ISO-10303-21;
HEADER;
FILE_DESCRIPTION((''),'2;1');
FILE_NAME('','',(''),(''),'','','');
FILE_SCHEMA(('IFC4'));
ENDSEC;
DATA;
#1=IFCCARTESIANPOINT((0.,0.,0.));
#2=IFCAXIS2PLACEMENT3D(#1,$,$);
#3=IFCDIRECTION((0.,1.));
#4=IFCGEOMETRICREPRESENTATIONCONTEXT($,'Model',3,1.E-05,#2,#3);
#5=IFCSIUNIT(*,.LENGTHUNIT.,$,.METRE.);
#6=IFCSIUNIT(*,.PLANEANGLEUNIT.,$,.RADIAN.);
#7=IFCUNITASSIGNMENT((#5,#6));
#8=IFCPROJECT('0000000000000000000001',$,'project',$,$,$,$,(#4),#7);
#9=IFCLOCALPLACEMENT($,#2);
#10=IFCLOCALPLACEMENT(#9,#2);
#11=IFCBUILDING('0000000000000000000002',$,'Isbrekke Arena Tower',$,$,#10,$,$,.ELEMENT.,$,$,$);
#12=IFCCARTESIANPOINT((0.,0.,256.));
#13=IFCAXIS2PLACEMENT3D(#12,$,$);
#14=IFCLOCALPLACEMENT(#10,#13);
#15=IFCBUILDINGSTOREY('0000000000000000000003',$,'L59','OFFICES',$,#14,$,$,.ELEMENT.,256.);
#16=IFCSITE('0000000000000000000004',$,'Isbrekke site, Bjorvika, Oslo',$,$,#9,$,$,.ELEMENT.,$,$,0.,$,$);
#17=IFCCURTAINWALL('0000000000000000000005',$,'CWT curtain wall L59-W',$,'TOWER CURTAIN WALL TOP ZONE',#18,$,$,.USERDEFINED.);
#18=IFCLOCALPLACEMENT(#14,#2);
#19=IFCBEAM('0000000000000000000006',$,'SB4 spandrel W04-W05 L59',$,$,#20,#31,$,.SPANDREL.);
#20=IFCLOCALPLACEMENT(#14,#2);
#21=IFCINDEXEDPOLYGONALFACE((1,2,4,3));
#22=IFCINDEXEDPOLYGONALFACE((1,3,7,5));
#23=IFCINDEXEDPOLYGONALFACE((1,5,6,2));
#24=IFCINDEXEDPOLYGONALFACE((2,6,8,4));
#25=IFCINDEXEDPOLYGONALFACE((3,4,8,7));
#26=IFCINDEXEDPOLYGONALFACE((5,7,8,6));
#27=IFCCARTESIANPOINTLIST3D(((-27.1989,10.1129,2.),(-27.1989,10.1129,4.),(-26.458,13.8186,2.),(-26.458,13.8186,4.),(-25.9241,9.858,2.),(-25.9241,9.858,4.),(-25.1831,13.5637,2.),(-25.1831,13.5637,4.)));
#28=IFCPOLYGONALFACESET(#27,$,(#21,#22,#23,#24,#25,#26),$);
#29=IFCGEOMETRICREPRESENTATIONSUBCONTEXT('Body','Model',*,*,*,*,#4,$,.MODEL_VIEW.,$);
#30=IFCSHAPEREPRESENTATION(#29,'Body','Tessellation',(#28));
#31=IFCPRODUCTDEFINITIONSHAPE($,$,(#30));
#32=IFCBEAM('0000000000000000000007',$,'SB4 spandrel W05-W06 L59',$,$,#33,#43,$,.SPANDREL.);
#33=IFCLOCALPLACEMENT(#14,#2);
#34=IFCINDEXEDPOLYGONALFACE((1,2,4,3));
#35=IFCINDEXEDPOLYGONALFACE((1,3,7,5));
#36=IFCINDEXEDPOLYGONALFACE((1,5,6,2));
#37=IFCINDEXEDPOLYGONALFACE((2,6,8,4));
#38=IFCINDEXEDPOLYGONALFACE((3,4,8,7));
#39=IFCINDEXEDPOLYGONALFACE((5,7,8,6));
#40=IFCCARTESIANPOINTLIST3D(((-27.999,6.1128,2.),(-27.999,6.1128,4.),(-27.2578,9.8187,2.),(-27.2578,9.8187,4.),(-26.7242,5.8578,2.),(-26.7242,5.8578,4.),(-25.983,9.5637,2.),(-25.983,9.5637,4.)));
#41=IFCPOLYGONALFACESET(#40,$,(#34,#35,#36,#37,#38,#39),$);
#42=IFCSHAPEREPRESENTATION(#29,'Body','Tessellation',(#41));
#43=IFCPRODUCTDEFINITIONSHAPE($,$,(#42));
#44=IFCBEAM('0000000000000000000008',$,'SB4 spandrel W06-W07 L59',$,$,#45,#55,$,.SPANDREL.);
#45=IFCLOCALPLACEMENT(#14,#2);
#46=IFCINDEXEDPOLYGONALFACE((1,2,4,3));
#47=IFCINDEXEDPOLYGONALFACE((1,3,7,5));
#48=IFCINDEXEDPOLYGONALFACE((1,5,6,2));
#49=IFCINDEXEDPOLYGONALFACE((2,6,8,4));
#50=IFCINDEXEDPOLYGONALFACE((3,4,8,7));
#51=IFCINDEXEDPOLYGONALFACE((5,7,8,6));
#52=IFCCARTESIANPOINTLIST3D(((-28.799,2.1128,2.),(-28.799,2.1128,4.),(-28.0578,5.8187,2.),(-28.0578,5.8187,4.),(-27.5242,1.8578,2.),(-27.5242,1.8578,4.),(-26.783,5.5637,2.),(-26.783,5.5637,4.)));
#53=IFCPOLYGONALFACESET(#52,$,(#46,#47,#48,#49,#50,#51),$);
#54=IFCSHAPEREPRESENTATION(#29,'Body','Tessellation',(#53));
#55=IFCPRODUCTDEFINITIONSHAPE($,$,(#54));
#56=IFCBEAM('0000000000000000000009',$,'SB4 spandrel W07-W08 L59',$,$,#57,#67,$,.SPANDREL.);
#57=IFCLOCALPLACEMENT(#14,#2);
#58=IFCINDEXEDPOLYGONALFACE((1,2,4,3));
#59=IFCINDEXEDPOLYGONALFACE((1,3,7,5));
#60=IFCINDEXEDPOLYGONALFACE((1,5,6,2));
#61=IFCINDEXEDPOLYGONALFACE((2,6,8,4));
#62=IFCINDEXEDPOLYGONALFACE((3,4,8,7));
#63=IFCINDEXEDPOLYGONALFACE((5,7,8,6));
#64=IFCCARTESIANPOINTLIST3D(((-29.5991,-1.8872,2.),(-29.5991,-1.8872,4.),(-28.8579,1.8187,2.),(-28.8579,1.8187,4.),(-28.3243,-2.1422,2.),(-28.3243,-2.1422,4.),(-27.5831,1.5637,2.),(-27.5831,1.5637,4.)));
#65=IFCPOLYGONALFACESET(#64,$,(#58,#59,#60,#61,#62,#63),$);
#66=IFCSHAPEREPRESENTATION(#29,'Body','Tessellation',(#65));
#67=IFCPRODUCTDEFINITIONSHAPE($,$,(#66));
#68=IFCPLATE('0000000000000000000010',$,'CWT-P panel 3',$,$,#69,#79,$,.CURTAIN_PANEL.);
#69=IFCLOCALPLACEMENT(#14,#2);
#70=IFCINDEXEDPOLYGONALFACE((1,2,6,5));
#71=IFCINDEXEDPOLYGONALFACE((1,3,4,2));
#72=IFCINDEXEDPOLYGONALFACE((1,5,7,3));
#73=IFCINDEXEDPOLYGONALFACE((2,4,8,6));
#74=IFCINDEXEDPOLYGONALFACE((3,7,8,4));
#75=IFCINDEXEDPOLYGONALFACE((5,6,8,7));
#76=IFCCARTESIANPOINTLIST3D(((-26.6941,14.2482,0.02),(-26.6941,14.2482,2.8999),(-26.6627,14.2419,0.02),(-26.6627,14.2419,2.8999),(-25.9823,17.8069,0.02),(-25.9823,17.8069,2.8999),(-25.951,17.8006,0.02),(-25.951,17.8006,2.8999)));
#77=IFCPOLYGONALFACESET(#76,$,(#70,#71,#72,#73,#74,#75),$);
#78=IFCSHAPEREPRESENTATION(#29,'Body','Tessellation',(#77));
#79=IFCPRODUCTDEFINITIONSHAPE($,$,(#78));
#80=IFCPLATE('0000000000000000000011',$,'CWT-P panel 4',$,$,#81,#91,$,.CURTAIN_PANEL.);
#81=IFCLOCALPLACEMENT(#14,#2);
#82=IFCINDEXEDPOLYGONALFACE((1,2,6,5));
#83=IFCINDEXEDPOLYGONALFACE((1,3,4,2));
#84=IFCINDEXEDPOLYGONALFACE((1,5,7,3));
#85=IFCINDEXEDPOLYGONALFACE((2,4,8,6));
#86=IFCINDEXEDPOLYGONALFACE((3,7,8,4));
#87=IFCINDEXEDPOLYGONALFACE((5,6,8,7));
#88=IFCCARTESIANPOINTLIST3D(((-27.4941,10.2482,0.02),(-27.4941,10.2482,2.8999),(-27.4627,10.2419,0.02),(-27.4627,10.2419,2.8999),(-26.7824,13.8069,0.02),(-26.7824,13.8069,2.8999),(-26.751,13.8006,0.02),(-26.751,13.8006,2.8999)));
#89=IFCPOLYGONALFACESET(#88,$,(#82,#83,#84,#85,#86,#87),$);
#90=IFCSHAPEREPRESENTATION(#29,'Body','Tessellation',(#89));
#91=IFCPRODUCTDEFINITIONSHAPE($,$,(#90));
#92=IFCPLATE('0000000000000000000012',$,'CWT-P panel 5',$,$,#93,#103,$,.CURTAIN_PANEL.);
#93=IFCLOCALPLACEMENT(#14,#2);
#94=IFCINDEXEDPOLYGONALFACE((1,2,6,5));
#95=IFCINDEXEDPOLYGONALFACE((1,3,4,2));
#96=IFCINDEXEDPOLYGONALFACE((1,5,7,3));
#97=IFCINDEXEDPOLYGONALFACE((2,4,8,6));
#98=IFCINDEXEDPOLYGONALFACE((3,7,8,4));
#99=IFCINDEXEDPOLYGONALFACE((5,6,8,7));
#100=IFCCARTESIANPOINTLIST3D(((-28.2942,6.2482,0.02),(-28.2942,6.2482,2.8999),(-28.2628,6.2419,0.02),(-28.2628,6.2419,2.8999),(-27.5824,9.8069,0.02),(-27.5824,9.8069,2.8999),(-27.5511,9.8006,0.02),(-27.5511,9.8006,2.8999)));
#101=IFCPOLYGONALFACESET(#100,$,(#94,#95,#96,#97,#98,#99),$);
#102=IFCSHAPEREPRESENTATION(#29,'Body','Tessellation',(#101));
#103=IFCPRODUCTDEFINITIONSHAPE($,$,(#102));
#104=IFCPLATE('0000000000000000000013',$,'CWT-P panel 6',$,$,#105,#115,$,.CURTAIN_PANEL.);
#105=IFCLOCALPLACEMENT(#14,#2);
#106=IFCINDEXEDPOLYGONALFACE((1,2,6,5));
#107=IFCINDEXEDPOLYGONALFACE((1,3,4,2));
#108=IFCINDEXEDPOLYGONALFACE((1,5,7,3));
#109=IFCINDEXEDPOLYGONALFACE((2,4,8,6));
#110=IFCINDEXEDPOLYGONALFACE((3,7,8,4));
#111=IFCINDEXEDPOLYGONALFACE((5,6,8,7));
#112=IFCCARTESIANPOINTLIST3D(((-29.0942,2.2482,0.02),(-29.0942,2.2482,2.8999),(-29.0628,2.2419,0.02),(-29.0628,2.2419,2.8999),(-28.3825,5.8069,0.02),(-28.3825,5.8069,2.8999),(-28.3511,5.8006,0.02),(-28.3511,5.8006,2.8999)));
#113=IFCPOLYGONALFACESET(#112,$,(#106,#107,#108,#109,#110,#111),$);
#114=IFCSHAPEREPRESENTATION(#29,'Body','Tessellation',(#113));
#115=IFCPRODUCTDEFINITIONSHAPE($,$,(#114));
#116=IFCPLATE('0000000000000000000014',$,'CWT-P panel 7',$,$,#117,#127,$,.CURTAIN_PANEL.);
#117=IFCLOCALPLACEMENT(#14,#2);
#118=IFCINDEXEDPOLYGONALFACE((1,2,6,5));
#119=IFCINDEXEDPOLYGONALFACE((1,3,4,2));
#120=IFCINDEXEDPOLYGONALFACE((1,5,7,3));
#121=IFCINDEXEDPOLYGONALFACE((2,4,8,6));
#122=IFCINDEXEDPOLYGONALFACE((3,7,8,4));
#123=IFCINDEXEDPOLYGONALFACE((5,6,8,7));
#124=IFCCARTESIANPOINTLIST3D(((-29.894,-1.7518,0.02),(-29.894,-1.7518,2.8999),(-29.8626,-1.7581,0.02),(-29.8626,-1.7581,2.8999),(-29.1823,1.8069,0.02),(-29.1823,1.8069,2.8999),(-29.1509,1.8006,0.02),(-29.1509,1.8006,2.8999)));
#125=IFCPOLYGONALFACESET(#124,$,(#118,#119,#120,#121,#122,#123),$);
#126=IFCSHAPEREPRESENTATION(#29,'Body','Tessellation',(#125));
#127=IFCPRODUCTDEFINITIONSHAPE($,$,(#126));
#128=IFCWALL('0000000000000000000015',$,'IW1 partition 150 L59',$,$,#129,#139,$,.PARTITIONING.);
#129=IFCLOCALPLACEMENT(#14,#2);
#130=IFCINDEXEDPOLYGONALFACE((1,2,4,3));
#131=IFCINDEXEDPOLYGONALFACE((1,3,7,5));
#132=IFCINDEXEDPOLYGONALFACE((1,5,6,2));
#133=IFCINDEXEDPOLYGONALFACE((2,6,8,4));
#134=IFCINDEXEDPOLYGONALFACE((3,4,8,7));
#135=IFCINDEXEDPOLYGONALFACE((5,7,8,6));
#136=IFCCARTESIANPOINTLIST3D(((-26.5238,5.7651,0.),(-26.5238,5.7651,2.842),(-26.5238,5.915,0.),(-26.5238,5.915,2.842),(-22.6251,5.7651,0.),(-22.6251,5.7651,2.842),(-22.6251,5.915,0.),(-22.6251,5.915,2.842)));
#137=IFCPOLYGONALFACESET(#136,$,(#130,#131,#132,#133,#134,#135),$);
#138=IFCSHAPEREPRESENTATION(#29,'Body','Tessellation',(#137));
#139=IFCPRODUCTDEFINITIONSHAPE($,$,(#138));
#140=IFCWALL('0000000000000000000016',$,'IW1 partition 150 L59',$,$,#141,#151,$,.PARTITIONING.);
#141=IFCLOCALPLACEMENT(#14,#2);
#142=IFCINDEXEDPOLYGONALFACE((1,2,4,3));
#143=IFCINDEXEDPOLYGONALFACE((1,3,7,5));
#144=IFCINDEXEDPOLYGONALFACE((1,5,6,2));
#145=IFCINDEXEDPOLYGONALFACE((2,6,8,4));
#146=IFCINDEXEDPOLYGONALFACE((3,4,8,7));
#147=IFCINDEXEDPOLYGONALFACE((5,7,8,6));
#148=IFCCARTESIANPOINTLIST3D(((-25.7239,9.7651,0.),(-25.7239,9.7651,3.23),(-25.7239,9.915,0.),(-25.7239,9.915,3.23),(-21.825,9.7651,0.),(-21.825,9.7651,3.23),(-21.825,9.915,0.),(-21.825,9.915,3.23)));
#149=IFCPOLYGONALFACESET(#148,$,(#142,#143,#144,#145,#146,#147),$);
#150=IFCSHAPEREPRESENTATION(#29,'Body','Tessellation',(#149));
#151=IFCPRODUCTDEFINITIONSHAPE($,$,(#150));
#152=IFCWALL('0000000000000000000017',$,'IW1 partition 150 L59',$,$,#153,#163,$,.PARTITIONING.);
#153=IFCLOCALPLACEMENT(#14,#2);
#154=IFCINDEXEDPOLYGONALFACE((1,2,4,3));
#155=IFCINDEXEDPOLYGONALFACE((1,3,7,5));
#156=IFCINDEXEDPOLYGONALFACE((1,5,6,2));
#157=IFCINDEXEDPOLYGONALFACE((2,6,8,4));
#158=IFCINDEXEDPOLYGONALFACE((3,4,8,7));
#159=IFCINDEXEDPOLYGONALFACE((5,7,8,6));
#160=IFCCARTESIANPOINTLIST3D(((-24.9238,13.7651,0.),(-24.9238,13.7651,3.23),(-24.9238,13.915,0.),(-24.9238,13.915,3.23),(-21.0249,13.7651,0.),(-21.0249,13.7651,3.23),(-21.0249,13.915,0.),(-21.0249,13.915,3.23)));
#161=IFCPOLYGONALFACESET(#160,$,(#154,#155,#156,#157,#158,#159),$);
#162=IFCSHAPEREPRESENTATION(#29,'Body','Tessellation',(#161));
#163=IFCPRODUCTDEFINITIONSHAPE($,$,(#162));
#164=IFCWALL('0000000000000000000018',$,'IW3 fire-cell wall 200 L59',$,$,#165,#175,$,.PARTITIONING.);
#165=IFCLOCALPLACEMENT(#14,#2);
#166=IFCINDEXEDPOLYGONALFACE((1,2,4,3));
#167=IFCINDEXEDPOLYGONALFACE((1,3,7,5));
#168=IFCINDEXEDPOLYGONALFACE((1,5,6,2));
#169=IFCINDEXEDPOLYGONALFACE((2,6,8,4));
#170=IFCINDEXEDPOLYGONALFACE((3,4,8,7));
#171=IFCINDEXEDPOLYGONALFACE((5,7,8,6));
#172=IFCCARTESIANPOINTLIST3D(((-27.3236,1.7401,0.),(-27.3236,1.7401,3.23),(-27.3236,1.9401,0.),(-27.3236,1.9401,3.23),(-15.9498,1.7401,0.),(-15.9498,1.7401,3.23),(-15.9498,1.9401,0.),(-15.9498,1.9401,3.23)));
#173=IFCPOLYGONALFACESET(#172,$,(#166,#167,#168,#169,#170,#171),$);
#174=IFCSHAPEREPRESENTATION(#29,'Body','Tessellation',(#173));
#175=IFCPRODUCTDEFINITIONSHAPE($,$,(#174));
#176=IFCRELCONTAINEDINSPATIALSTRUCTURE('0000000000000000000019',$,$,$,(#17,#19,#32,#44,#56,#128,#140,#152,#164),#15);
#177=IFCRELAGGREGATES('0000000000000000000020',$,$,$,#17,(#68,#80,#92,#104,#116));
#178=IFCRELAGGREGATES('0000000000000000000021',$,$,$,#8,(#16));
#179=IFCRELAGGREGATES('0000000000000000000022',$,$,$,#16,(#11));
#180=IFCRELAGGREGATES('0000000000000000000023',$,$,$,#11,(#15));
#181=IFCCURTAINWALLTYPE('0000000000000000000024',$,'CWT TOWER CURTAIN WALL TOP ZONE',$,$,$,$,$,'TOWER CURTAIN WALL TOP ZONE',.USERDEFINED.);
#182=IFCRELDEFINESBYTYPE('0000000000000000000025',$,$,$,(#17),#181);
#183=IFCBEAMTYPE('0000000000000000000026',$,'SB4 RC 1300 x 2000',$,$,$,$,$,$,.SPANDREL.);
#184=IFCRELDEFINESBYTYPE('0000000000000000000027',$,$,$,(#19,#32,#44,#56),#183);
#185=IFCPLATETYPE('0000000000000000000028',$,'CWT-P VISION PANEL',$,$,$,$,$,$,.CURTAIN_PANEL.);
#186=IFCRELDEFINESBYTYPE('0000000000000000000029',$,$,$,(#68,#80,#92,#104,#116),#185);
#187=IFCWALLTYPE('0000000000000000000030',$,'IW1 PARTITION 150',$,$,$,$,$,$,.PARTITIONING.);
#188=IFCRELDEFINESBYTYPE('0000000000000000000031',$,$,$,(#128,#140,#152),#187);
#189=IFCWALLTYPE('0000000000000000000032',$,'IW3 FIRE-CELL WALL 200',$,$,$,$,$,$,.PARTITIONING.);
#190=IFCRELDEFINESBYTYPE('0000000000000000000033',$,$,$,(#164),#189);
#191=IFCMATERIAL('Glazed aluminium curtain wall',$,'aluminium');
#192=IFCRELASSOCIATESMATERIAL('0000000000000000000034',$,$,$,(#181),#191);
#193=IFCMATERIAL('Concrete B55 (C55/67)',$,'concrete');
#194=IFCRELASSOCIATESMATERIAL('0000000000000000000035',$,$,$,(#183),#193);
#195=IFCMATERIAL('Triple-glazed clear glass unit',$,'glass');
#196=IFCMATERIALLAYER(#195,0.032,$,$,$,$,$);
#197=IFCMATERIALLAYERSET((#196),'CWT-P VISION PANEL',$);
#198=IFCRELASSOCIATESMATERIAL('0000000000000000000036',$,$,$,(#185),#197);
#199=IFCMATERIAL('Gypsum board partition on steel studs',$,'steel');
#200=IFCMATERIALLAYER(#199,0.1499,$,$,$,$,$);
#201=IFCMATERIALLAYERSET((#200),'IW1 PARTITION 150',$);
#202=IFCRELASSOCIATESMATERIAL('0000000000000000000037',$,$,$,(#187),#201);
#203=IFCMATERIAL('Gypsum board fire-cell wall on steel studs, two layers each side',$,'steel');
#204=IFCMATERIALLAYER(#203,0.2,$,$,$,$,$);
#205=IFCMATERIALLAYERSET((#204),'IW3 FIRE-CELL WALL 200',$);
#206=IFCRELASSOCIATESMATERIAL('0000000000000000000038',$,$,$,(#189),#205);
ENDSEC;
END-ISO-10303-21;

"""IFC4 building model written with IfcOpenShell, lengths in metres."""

from ifc_helpers import new_model, si_unit, direction, frame, frame_2d, origin, origin_2d, place, context, subcontext, project, spatial, rectangle, extrude, material, layer, layer_set, material_profile, profile_set, type_object, element, aggregate, save


model = new_model("IFC4")

# Units and contexts
model_context = context("Model", 3, precision=1e-05, world=origin(), true_north=direction((0.0, 1.0)))
body_context = subcontext(model_context, "Body", "Model", "MODEL_VIEW")
ifc_project = project(units=[si_unit("LENGTHUNIT", "METRE"), si_unit("PLANEANGLEUNIT", "RADIAN")], contexts=[model_context])

# Site, building, storey
site_placement = place(None, origin())
site = spatial("IfcSite", under=ifc_project, at=site_placement, Name="Isbrekke site, Bjorvika, Oslo", CompositionType="ELEMENT", RefElevation=0.0)
building_placement = place(site_placement, origin())
building = spatial("IfcBuilding", under=site, at=building_placement, Name="Isbrekke Arena Tower", CompositionType="ELEMENT")
storey_placement = place(building_placement, frame((0.0, 0.0, 256.0)))
storey = spatial("IfcBuildingStorey", under=building, at=storey_placement, Name="L59", Description="OFFICES", CompositionType="ELEMENT", Elevation=256.0)

# Curtain wall
ifc_material_1 = material(Name="Glazed aluminium curtain wall", Category="aluminium")
curtain_wall_type = type_object("IfcCurtainWallType", Name="CWT TOWER CURTAIN WALL TOP ZONE", ElementType="TOWER CURTAIN WALL TOP ZONE", PredefinedType="USERDEFINED", material=ifc_material_1)
curtain_wall_placement = place(storey_placement, origin())
curtain_wall = element("IfcCurtainWall", 1, at=curtain_wall_placement, inside=storey, type_object=curtain_wall_type, Name="CWT curtain wall L59-W", ObjectType="TOWER CURTAIN WALL TOP ZONE", PredefinedType="USERDEFINED")

# Beams
ifc_material_2 = material(Name="Concrete B55 (C55/67)", Category="concrete")
ifc_material_profile_1 = material_profile(ifc_material_2, rectangle(XDim=1.3, YDim=2.0, at=origin_2d()), Name="RC 1300x2000")
ifc_profile_set_1 = profile_set([ifc_material_profile_1], Name="Concrete B55 (C55/67)")
beam_type_1 = type_object("IfcBeamType", Name="SB4 RC 1300 x 2000", PredefinedType="SPANDREL", material=ifc_profile_set_1)
beam_1_placement = place(storey_placement, frame((-25.8206, 13.6912, 3.0), z_axis=(-0.196066, -0.980591, 0.0), x_axis=(0.980591, -0.196066, 0.0)))
element("IfcBeam", 2, at=beam_1_placement, inside=storey, type_object=beam_type_1, Name="SB4 spandrel W04-W05 L59", PredefinedType="SPANDREL", context=body_context, shape_type="SweptSolid", body=[
    extrude(rectangle(XDim=1.3, YDim=2.0, at=origin_2d()), origin(), (0.0, 0.0, 1.0), 3.7791),
])
for number, where, z_axis, x_axis, name in (
    (3, (-26.6204, 9.6912, 3.0), (-0.196129, -0.980578, 0.0), (0.980578, -0.196129, 0.0), "SB4 spandrel W05-W06 L59"),
    (4, (-27.4204, 5.6912, 3.0), (-0.196129, -0.980578, 0.0), (0.980578, -0.196129, 0.0), "SB4 spandrel W06-W07 L59"),
    (5, (-28.2205, 1.6912, 3.0), (-0.196129, -0.980578, 0.0), (0.980578, -0.196129, 0.0), "SB4 spandrel W07-W08 L59"),
):
    element("IfcBeam", number, at=place(storey_placement, frame(where, z_axis=z_axis, x_axis=x_axis)), inside=storey, type_object=beam_type_1, Name=name, PredefinedType="SPANDREL", context=body_context, shape_type="SweptSolid", body=[
        extrude(rectangle(XDim=1.3, YDim=2.0, at=origin_2d()), origin(), (0.0, 0.0, 1.0), 3.7793),
    ])

# Plates
ifc_material_3 = material(Name="Triple-glazed clear glass unit", Category="glass")
ifc_layer_1 = layer(ifc_material_3, 0.032)
ifc_layer_set_1 = layer_set([ifc_layer_1], Name="CWT-P VISION PANEL")
plate_type = type_object("IfcPlateType", Name="CWT-P VISION PANEL", PredefinedType="CURTAIN_PANEL", material=ifc_layer_set_1)
plate_1_placement = place(storey_placement, frame((-26.3225, 16.0244, 0.02), z_axis=(0.0, 0.0, 1.0), x_axis=(-0.196116, -0.980581, 0.0)))
plate_1 = element("IfcPlate", 6, at=plate_1_placement, type_object=plate_type, Name="CWT-P panel 3", PredefinedType="CURTAIN_PANEL", context=body_context, shape_type="SweptSolid", body=[
    extrude(rectangle(XDim=3.6292, YDim=0.032, at=origin_2d()), origin(), (0.0, 0.0, 1.0), 2.8799),
])
plate_2_placement = place(storey_placement, frame((-27.1226, 12.0244, 0.02), z_axis=(0.0, 0.0, 1.0), x_axis=(-0.196116, -0.980581, 0.0)))
plate_2 = element("IfcPlate", 7, at=plate_2_placement, type_object=plate_type, Name="CWT-P panel 4", PredefinedType="CURTAIN_PANEL", context=body_context, shape_type="SweptSolid", body=[
    extrude(rectangle(XDim=3.6292, YDim=0.032, at=origin_2d()), origin(), (0.0, 0.0, 1.0), 2.8799),
])
plate_3_placement = place(storey_placement, frame((-27.9226, 8.0244, 0.02), z_axis=(0.0, 0.0, 1.0), x_axis=(-0.196116, -0.980581, 0.0)))
plate_3 = element("IfcPlate", 8, at=plate_3_placement, type_object=plate_type, Name="CWT-P panel 5", PredefinedType="CURTAIN_PANEL", context=body_context, shape_type="SweptSolid", body=[
    extrude(rectangle(XDim=3.6292, YDim=0.032, at=origin_2d()), origin(), (0.0, 0.0, 1.0), 2.8799),
])
plate_4_placement = place(storey_placement, frame((-28.7227, 4.0244, 0.02), z_axis=(0.0, 0.0, 1.0), x_axis=(-0.196116, -0.980581, 0.0)))
plate_4 = element("IfcPlate", 9, at=plate_4_placement, type_object=plate_type, Name="CWT-P panel 6", PredefinedType="CURTAIN_PANEL", context=body_context, shape_type="SweptSolid", body=[
    extrude(rectangle(XDim=3.6292, YDim=0.032, at=origin_2d()), origin(), (0.0, 0.0, 1.0), 2.8799),
])
plate_5_placement = place(storey_placement, frame((-29.5225, 0.0244, 0.02), z_axis=(0.0, 0.0, 1.0), x_axis=(-0.196116, -0.980581, 0.0)))
plate_5 = element("IfcPlate", 10, at=plate_5_placement, type_object=plate_type, Name="CWT-P panel 7", PredefinedType="CURTAIN_PANEL", context=body_context, shape_type="SweptSolid", body=[
    extrude(rectangle(XDim=3.6292, YDim=0.032, at=origin_2d()), origin(), (0.0, 0.0, 1.0), 2.8799),
])
aggregate(curtain_wall, [plate_1, plate_2, plate_3, plate_4, plate_5])

# Walls
ifc_material_4 = material(Name="Gypsum board partition on steel studs", Category="steel")
ifc_layer_2 = layer(ifc_material_4, 0.1499)
ifc_layer_set_2 = layer_set([ifc_layer_2], Name="IW1 PARTITION 150")
wall_type_1 = type_object("IfcWallType", Name="IW1 PARTITION 150", PredefinedType="PARTITIONING", material=ifc_layer_set_2)
wall_1_placement = place(storey_placement, frame((-26.5237, 5.8401, 0.0), z_axis=(0.0, 0.0, 1.0), x_axis=(1.0, 0.0, 0.0)))
element("IfcWall", 11, at=wall_1_placement, inside=storey, type_object=wall_type_1, Name="IW1 partition 150 L59", PredefinedType="PARTITIONING", context=body_context, shape_type="SweptSolid", body=[
    extrude(rectangle(XDim=3.8987, YDim=0.1499, at=frame_2d((1.9492, 0.0))), origin(), (0.0, 0.0, 1.0), 2.842),
])
for number, where, z_axis, x_axis, name in (
    (12, (-25.7239, 9.8401, 0.0), (0.0, 0.0, 1.0), (1.0, 0.0, 0.0), "IW1 partition 150 L59"),
    (13, (-24.9238, 13.8401, 0.0), (0.0, 0.0, 1.0), (1.0, 0.0, 0.0), "IW1 partition 150 L59"),
):
    element("IfcWall", number, at=place(storey_placement, frame(where, z_axis=z_axis, x_axis=x_axis)), inside=storey, type_object=wall_type_1, Name=name, PredefinedType="PARTITIONING", context=body_context, shape_type="SweptSolid", body=[
        extrude(rectangle(XDim=3.8989, YDim=0.1499, at=frame_2d((1.9495, 0.0))), origin(), (0.0, 0.0, 1.0), 3.23),
    ])
ifc_material_5 = material(Name="Gypsum board fire-cell wall on steel studs, two layers each side", Category="steel")
ifc_layer_3 = layer(ifc_material_5, 0.2)
ifc_layer_set_3 = layer_set([ifc_layer_3], Name="IW3 FIRE-CELL WALL 200")
wall_type_2 = type_object("IfcWallType", Name="IW3 FIRE-CELL WALL 200", PredefinedType="PARTITIONING", material=ifc_layer_set_3)
wall_2_placement = place(storey_placement, frame((-27.3237, 1.8401, 0.0), z_axis=(0.0, 0.0, 1.0), x_axis=(1.0, 0.0, 0.0)))
element("IfcWall", 14, at=wall_2_placement, inside=storey, type_object=wall_type_2, Name="IW3 fire-cell wall 200 L59", PredefinedType="PARTITIONING", context=body_context, shape_type="SweptSolid", body=[
    extrude(rectangle(XDim=11.3738, YDim=0.2, at=frame_2d((5.687, 0.0))), origin(), (0.0, 0.0, 1.0), 3.23),
])

save(model, "model.ifc")
